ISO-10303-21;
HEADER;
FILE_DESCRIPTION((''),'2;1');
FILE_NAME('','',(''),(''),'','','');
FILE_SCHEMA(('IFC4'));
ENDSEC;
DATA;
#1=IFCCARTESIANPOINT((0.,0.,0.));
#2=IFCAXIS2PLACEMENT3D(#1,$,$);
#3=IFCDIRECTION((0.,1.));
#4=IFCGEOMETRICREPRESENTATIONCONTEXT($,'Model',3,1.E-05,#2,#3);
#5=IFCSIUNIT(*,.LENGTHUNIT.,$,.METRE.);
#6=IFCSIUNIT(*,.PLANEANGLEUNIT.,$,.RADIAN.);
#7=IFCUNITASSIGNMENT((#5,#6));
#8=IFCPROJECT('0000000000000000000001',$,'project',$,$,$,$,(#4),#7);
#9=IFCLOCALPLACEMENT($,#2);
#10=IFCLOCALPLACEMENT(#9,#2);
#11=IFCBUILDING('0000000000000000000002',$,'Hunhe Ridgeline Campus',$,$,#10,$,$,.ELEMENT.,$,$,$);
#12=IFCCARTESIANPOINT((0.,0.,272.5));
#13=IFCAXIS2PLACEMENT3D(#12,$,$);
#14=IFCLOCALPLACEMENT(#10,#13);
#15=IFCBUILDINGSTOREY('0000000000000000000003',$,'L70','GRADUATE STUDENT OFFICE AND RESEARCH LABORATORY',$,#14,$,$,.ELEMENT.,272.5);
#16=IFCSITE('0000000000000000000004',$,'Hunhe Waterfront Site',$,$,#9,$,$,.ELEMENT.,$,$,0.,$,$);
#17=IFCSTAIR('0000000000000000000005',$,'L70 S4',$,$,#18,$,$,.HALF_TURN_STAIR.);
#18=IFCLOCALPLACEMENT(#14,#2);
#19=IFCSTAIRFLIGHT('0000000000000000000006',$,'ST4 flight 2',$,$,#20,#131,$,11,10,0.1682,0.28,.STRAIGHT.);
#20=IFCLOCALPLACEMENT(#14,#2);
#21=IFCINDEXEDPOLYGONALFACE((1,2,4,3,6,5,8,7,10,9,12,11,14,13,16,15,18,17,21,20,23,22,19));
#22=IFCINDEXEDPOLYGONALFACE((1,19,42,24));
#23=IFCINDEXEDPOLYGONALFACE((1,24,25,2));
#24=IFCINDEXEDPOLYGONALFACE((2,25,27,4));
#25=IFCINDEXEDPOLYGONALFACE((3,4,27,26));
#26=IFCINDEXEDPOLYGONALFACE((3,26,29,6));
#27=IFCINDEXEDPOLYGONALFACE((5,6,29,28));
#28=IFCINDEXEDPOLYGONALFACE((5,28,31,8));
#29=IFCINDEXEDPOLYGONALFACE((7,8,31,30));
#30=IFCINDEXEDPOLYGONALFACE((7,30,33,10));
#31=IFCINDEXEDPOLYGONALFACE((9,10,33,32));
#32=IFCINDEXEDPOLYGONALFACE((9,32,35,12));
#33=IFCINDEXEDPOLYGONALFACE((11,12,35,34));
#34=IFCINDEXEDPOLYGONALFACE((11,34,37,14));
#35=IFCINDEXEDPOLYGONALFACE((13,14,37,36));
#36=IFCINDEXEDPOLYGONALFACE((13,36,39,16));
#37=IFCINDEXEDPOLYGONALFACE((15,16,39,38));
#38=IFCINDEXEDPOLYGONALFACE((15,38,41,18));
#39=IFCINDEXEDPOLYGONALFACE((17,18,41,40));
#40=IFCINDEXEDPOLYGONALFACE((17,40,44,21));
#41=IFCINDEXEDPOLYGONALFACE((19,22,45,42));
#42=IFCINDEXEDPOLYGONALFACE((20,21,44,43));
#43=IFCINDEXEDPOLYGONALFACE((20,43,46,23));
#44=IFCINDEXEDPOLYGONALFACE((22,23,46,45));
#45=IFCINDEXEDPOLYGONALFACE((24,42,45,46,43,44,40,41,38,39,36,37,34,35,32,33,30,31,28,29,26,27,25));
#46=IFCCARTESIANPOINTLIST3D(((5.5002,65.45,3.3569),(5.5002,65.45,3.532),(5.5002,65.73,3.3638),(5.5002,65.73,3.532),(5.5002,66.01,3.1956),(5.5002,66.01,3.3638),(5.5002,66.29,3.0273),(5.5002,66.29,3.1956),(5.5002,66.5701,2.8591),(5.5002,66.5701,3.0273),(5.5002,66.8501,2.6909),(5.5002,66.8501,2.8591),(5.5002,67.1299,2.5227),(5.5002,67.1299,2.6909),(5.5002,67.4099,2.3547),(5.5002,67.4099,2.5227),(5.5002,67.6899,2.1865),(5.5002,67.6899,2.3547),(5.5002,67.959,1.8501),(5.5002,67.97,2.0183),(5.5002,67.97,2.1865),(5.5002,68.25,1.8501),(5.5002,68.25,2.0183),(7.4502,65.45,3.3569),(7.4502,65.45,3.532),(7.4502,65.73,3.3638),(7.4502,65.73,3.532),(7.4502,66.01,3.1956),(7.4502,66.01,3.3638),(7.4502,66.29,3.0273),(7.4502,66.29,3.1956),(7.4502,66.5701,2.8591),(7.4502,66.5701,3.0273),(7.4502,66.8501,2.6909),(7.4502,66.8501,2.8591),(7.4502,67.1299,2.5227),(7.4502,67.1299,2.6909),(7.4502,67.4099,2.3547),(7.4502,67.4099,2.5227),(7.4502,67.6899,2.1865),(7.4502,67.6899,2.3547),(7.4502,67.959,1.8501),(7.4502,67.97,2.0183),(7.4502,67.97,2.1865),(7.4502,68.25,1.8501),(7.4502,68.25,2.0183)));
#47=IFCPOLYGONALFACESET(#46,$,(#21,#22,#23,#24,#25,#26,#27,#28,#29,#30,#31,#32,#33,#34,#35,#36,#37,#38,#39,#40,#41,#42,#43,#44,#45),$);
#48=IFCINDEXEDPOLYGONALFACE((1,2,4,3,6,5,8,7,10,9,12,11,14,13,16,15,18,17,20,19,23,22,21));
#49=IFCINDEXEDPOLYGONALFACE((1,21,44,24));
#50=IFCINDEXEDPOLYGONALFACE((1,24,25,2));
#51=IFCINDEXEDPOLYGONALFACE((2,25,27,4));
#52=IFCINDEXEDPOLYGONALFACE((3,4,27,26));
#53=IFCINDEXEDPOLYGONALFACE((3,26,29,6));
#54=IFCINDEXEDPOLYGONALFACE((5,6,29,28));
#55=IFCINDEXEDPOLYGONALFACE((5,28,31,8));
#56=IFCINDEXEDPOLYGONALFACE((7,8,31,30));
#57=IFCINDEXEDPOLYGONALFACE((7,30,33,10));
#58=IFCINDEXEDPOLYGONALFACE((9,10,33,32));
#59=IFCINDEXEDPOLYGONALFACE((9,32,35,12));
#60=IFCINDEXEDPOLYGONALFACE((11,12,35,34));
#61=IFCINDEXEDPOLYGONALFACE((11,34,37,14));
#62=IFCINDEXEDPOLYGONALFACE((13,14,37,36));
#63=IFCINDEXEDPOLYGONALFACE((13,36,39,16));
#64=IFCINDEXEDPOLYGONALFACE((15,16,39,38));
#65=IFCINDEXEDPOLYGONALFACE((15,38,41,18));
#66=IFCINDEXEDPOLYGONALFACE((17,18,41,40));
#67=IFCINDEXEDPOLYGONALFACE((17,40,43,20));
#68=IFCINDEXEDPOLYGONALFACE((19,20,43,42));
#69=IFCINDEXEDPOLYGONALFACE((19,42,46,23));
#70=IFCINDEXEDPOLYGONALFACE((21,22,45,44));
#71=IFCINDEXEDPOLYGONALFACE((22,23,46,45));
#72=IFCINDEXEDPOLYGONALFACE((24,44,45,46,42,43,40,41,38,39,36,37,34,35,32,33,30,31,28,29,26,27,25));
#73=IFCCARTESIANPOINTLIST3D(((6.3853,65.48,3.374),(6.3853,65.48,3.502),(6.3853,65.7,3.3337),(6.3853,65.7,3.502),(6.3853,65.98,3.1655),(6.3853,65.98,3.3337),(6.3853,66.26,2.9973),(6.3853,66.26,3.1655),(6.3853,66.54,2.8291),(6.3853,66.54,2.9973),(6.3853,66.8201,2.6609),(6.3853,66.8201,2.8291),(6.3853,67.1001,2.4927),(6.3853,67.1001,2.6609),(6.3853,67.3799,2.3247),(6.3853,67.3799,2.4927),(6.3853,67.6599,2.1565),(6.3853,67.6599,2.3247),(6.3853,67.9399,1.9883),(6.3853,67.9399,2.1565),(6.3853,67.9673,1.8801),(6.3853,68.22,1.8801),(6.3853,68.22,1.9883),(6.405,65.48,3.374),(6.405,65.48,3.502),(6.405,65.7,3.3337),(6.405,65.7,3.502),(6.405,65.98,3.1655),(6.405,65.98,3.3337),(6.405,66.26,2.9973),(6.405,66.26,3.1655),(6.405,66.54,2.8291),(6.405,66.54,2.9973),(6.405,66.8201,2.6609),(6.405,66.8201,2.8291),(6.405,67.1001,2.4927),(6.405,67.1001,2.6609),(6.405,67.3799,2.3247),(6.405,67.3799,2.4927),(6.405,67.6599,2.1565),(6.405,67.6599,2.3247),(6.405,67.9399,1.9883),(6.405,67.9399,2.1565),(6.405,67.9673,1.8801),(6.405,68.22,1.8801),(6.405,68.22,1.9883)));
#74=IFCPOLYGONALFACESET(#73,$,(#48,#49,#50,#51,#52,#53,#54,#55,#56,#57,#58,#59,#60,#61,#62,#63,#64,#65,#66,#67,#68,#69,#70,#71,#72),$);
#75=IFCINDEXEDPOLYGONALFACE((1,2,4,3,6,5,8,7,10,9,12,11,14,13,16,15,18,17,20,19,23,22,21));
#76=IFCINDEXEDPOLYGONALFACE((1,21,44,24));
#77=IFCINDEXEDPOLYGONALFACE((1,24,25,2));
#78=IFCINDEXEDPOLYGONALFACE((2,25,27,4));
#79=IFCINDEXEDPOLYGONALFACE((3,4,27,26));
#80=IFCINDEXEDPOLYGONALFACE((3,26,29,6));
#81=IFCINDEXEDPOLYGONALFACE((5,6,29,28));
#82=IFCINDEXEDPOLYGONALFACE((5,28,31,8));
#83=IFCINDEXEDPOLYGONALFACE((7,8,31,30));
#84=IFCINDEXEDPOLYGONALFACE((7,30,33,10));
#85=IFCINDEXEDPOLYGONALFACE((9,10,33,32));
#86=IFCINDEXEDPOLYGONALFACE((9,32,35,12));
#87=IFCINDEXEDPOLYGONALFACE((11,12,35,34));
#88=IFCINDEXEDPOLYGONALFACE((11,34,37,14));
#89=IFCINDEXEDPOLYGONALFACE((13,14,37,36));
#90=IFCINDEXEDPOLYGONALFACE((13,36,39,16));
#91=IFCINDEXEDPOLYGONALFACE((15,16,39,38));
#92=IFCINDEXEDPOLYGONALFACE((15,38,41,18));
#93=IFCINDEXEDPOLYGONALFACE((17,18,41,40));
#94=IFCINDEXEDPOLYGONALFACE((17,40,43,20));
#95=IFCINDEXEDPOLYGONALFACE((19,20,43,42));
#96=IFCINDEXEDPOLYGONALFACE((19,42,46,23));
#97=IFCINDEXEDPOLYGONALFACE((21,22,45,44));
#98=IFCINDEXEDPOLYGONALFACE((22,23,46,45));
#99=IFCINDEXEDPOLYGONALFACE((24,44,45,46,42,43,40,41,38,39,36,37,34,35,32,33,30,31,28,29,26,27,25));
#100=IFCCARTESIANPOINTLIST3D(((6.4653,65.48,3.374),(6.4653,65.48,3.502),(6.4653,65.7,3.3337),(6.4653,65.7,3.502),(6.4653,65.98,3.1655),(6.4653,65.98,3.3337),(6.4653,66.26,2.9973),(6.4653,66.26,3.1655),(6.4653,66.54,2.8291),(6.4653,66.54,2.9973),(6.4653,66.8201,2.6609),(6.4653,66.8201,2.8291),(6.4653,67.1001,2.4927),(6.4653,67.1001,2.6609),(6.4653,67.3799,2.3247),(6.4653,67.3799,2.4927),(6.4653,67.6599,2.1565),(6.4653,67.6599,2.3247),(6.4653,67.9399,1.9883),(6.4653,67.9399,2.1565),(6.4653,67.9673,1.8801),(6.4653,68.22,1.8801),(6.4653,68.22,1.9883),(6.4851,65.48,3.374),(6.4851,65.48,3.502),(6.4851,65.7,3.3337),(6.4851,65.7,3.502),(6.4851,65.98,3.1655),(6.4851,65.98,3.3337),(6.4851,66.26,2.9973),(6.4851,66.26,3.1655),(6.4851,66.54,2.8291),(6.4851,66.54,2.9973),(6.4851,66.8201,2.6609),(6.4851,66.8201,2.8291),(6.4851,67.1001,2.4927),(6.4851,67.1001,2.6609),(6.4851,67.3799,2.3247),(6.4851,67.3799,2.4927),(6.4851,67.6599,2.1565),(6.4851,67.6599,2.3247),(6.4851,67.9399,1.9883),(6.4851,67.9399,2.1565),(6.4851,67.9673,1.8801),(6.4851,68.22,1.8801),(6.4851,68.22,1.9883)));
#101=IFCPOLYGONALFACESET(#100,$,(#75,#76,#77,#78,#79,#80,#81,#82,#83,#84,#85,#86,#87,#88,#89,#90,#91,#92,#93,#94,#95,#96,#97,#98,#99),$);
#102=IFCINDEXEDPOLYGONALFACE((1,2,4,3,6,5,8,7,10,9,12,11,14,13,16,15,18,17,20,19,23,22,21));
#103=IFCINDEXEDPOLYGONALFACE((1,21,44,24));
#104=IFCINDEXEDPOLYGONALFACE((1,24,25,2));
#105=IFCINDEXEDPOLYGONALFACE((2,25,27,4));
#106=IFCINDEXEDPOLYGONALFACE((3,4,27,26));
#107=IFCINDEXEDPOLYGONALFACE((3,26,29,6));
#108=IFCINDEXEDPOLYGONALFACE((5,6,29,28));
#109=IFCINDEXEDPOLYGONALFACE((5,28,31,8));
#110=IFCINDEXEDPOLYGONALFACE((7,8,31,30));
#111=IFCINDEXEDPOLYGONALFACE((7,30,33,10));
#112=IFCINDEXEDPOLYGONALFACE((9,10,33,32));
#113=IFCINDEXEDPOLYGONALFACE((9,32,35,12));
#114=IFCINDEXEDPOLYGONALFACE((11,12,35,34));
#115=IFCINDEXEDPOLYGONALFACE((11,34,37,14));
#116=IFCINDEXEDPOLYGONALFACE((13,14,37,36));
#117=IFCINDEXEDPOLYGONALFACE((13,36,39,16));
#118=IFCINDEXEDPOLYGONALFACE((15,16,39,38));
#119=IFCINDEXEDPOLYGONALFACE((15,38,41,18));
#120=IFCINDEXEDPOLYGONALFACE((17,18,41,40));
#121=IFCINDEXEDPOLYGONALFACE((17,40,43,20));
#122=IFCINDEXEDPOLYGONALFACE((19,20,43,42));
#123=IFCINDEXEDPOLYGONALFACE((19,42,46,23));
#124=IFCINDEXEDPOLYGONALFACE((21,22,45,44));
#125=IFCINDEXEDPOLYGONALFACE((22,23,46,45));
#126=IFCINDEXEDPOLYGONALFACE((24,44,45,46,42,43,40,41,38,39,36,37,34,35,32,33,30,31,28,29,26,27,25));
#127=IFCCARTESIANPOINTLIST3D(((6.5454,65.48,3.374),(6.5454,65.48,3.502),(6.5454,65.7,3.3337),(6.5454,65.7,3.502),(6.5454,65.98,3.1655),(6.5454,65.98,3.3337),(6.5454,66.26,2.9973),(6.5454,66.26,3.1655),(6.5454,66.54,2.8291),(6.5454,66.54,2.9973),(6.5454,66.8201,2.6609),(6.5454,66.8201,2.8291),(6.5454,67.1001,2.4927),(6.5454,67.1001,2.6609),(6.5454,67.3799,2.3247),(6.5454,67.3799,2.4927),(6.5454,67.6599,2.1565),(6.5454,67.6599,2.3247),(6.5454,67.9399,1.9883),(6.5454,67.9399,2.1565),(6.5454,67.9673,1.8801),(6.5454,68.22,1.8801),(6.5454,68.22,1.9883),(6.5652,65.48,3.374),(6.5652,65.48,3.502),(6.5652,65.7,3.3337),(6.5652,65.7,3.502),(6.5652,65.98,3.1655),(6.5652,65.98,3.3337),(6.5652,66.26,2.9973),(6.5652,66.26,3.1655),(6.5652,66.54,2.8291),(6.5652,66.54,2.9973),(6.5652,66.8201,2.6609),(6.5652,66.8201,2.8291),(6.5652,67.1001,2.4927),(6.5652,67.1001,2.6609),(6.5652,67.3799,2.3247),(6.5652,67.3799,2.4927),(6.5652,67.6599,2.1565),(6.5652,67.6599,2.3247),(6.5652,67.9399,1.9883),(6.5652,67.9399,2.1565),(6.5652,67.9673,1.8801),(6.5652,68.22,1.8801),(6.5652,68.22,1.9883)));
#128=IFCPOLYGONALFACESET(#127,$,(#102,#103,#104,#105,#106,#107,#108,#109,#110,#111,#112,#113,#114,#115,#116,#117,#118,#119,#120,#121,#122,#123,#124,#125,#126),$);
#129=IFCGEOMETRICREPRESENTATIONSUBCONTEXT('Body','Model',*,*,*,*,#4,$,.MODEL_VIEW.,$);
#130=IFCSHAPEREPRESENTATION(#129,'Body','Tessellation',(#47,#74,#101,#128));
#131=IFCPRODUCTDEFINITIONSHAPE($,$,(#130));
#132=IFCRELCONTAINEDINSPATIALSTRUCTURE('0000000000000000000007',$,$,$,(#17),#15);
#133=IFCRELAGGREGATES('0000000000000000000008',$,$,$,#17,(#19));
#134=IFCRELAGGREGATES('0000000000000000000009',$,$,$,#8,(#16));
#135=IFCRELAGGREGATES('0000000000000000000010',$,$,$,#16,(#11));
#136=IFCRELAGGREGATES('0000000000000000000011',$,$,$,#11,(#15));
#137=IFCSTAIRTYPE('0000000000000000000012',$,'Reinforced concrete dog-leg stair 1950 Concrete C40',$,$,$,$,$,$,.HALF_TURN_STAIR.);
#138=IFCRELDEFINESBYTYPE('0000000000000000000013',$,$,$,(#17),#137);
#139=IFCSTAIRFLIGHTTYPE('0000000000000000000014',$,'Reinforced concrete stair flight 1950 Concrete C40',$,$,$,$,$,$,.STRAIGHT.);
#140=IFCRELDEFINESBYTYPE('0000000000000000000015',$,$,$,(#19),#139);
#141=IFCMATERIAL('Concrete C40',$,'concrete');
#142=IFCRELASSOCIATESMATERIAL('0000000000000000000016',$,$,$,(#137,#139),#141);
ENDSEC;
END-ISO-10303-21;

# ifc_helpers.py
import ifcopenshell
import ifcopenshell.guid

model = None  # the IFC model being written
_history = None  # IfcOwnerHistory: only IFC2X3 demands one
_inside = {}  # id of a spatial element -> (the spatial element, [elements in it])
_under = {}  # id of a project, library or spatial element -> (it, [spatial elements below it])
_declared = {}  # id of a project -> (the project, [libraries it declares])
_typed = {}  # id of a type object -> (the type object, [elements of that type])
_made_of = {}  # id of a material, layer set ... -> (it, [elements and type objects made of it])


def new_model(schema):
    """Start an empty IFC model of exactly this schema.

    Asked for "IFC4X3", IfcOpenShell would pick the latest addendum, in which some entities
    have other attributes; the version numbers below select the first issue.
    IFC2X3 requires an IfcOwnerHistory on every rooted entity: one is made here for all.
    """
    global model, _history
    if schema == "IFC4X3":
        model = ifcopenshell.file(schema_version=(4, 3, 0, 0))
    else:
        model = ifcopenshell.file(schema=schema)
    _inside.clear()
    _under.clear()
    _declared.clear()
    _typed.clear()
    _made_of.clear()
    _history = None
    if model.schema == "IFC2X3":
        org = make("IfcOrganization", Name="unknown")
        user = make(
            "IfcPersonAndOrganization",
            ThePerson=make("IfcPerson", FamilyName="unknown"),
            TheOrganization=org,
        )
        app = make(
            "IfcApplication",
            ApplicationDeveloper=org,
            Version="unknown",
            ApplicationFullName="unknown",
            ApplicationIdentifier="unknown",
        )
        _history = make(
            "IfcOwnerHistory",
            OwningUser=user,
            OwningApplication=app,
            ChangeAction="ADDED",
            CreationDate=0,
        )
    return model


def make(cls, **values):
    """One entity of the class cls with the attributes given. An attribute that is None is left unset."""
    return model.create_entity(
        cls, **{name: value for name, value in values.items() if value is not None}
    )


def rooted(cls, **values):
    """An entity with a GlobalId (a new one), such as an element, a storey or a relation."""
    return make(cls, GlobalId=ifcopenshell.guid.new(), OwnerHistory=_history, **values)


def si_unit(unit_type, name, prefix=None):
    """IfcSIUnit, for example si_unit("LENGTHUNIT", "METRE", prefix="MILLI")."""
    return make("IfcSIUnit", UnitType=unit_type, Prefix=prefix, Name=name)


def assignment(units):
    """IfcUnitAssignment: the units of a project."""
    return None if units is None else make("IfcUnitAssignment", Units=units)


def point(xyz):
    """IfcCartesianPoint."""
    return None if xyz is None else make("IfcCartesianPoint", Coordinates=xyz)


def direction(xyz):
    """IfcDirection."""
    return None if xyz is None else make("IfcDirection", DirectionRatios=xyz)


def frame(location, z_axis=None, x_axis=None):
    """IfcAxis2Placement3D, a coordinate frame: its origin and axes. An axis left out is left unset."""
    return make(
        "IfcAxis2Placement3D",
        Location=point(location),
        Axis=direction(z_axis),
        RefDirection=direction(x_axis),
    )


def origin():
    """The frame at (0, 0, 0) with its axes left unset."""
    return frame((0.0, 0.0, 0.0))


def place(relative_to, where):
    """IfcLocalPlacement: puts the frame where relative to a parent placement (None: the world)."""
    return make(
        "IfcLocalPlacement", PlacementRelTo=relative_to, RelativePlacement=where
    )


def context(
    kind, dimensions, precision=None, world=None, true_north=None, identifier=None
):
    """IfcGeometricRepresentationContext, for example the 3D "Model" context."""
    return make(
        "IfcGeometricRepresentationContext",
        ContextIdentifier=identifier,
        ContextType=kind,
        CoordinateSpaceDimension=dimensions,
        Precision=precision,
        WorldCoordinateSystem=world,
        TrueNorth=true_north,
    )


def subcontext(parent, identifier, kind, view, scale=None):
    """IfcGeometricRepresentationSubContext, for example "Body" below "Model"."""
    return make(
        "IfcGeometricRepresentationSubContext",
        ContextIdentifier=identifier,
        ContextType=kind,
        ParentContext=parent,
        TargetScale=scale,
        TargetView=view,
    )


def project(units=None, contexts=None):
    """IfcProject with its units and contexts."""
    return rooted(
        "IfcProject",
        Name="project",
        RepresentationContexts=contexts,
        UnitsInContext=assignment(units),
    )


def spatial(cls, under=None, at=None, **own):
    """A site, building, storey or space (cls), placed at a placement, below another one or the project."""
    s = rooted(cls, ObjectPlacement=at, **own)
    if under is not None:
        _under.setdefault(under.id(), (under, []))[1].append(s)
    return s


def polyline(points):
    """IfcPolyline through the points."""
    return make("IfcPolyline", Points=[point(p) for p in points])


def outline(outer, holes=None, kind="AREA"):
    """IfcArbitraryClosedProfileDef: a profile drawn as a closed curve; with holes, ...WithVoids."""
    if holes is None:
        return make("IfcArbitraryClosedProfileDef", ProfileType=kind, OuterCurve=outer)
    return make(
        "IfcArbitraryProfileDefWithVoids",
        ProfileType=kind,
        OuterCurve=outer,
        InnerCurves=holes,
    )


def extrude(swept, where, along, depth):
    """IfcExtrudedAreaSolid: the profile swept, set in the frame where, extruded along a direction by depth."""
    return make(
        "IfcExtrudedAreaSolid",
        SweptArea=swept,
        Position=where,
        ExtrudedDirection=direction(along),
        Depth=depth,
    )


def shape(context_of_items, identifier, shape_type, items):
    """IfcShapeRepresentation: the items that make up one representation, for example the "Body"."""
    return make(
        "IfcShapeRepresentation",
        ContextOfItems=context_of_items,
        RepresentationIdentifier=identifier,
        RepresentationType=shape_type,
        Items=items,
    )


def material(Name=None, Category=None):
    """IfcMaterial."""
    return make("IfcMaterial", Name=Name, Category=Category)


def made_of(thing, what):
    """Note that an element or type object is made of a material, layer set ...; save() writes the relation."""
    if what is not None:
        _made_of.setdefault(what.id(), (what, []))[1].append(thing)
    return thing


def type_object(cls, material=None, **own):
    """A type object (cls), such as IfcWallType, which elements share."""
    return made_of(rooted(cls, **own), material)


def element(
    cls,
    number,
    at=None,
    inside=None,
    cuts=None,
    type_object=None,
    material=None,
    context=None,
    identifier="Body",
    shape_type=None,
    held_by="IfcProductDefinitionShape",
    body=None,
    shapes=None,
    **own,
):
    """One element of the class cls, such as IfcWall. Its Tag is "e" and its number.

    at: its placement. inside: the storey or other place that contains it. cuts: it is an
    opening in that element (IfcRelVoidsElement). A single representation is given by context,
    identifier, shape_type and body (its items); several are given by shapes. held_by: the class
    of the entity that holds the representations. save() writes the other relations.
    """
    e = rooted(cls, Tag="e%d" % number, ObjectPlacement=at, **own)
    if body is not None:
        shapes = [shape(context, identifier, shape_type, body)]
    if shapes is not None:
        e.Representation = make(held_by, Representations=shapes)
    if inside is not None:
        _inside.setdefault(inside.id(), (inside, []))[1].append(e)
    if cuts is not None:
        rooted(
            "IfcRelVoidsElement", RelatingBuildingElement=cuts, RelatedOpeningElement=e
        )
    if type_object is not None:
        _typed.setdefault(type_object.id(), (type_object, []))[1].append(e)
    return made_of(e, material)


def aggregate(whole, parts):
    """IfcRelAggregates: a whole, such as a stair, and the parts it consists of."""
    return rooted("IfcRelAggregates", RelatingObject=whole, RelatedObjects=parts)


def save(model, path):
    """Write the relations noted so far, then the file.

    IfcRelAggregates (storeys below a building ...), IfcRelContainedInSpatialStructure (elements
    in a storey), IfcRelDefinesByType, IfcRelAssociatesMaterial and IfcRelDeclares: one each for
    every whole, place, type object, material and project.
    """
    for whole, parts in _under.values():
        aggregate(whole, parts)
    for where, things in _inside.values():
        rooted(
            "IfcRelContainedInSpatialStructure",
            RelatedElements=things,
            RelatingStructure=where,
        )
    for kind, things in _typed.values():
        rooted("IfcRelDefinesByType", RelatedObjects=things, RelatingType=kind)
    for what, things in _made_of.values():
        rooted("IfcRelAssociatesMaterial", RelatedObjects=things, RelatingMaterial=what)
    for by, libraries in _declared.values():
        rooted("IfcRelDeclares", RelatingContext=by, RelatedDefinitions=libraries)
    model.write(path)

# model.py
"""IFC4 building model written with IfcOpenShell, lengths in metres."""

from ifc_helpers import new_model, si_unit, direction, frame, origin, place, context, subcontext, project, spatial, polyline, outline, extrude, material, type_object, element, aggregate, save


model = new_model("IFC4")

# Units and contexts
model_context = context("Model", 3, precision=1e-05, world=origin(), true_north=direction((0.0, 1.0)))
body_context = subcontext(model_context, "Body", "Model", "MODEL_VIEW")
ifc_project = project(units=[si_unit("LENGTHUNIT", "METRE"), si_unit("PLANEANGLEUNIT", "RADIAN")], contexts=[model_context])

# Site, building, storey
site_placement = place(None, origin())
site = spatial("IfcSite", under=ifc_project, at=site_placement, Name="Hunhe Waterfront Site", CompositionType="ELEMENT", RefElevation=0.0)
building_placement = place(site_placement, origin())
building = spatial("IfcBuilding", under=site, at=building_placement, Name="Hunhe Ridgeline Campus", CompositionType="ELEMENT")
storey_placement = place(building_placement, frame((0.0, 0.0, 272.5)))
storey = spatial("IfcBuildingStorey", under=building, at=storey_placement, Name="L70", Description="GRADUATE STUDENT OFFICE AND RESEARCH LABORATORY", CompositionType="ELEMENT", Elevation=272.5)

# Stair, stair flight
ifc_material_1 = material(Name="Concrete C40", Category="concrete")
stair_type = type_object("IfcStairType", Name="Reinforced concrete dog-leg stair 1950 Concrete C40", PredefinedType="HALF_TURN_STAIR", material=ifc_material_1)
stair_flight_type = type_object("IfcStairFlightType", Name="Reinforced concrete stair flight 1950 Concrete C40", PredefinedType="STRAIGHT", material=ifc_material_1)
stair_1_placement = place(storey_placement, origin())
stair_1 = element("IfcStair", 1, at=stair_1_placement, inside=storey, type_object=stair_type, Name="L70 S4", PredefinedType="HALF_TURN_STAIR")
stair_flight_1_placement = place(storey_placement, frame((6.4751, 68.25, 1.8501), z_axis=(0.0, 0.0, 1.0), x_axis=(0.0, -1.0, 0.0)))
stair_flight_1 = element("IfcStairFlight", 2, at=stair_flight_1_placement, type_object=stair_flight_type, Name="ST4 flight 2", NumberOfRisers=11, NumberOfTreads=10, PredefinedType="STRAIGHT", RiserHeight=0.1682, TreadLength=0.28, context=body_context, shape_type="SweptSolid", body=[
    extrude(outline(polyline([(0.0, 0.0), (0.0, 0.1682), (0.28, 0.1682), (0.28, 0.3364), (0.5601, 0.3364), (0.5601, 0.5046), (0.8401, 0.5046), (0.8401, 0.6726), (1.1201, 0.6726), (1.1201, 0.8408), (1.3999, 0.8408), (1.3999, 1.009), (1.6799, 1.009), (1.6799, 1.1772), (1.96, 1.1772), (1.96, 1.3455), (2.24, 1.3455), (2.24, 1.5137), (2.52, 1.5137), (2.52, 1.6819), (2.8, 1.6819), (2.8, 1.8501), (2.8, 1.5068), (0.291, 0.0), (0.0, 0.0)])), frame((0.0, 0.9751, 0.0), z_axis=(0.0, -1.0, 0.0), x_axis=(1.0, 0.0, 0.0)), (0.0, 0.0, 1.0), 1.95),
    extrude(outline(polyline([(0.03, 0.03), (0.03, 0.1382), (0.3101, 0.1382), (0.3101, 0.3064), (0.5901, 0.3064), (0.5901, 0.4746), (0.8701, 0.4746), (0.8701, 0.6426), (1.1499, 0.6426), (1.1499, 0.8108), (1.4299, 0.8108), (1.4299, 0.979), (1.71, 0.979), (1.71, 1.1472), (1.99, 1.1472), (1.99, 1.3154), (2.27, 1.3154), (2.27, 1.4836), (2.55, 1.4836), (2.55, 1.6519), (2.77, 1.6519), (2.77, 1.5239), (0.2827, 0.03), (0.03, 0.03)])), frame((0.0, -0.0701, 0.0), z_axis=(0.0, -1.0, 0.0), x_axis=(1.0, 0.0, 0.0)), (0.0, 0.0, 1.0), 0.0198),
    extrude(outline(polyline([(0.03, 0.03), (0.03, 0.1382), (0.3101, 0.1382), (0.3101, 0.3064), (0.5901, 0.3064), (0.5901, 0.4746), (0.8701, 0.4746), (0.8701, 0.6426), (1.1499, 0.6426), (1.1499, 0.8108), (1.4299, 0.8108), (1.4299, 0.979), (1.71, 0.979), (1.71, 1.1472), (1.99, 1.1472), (1.99, 1.3154), (2.27, 1.3154), (2.27, 1.4836), (2.55, 1.4836), (2.55, 1.6519), (2.77, 1.6519), (2.77, 1.5239), (0.2827, 0.03), (0.03, 0.03)])), frame((0.0, 0.01, 0.0), z_axis=(0.0, -1.0, 0.0), x_axis=(1.0, 0.0, 0.0)), (0.0, 0.0, 1.0), 0.0198),
    extrude(outline(polyline([(0.03, 0.03), (0.03, 0.1382), (0.3101, 0.1382), (0.3101, 0.3064), (0.5901, 0.3064), (0.5901, 0.4746), (0.8701, 0.4746), (0.8701, 0.6426), (1.1499, 0.6426), (1.1499, 0.8108), (1.4299, 0.8108), (1.4299, 0.979), (1.71, 0.979), (1.71, 1.1472), (1.99, 1.1472), (1.99, 1.3154), (2.27, 1.3154), (2.27, 1.4836), (2.55, 1.4836), (2.55, 1.6519), (2.77, 1.6519), (2.77, 1.5239), (0.2827, 0.03), (0.03, 0.03)])), frame((0.0, 0.0901, 0.0), z_axis=(0.0, -1.0, 0.0), x_axis=(1.0, 0.0, 0.0)), (0.0, 0.0, 1.0), 0.0198),
])
aggregate(stair_1, [stair_flight_1])

save(model, "model.ifc")
